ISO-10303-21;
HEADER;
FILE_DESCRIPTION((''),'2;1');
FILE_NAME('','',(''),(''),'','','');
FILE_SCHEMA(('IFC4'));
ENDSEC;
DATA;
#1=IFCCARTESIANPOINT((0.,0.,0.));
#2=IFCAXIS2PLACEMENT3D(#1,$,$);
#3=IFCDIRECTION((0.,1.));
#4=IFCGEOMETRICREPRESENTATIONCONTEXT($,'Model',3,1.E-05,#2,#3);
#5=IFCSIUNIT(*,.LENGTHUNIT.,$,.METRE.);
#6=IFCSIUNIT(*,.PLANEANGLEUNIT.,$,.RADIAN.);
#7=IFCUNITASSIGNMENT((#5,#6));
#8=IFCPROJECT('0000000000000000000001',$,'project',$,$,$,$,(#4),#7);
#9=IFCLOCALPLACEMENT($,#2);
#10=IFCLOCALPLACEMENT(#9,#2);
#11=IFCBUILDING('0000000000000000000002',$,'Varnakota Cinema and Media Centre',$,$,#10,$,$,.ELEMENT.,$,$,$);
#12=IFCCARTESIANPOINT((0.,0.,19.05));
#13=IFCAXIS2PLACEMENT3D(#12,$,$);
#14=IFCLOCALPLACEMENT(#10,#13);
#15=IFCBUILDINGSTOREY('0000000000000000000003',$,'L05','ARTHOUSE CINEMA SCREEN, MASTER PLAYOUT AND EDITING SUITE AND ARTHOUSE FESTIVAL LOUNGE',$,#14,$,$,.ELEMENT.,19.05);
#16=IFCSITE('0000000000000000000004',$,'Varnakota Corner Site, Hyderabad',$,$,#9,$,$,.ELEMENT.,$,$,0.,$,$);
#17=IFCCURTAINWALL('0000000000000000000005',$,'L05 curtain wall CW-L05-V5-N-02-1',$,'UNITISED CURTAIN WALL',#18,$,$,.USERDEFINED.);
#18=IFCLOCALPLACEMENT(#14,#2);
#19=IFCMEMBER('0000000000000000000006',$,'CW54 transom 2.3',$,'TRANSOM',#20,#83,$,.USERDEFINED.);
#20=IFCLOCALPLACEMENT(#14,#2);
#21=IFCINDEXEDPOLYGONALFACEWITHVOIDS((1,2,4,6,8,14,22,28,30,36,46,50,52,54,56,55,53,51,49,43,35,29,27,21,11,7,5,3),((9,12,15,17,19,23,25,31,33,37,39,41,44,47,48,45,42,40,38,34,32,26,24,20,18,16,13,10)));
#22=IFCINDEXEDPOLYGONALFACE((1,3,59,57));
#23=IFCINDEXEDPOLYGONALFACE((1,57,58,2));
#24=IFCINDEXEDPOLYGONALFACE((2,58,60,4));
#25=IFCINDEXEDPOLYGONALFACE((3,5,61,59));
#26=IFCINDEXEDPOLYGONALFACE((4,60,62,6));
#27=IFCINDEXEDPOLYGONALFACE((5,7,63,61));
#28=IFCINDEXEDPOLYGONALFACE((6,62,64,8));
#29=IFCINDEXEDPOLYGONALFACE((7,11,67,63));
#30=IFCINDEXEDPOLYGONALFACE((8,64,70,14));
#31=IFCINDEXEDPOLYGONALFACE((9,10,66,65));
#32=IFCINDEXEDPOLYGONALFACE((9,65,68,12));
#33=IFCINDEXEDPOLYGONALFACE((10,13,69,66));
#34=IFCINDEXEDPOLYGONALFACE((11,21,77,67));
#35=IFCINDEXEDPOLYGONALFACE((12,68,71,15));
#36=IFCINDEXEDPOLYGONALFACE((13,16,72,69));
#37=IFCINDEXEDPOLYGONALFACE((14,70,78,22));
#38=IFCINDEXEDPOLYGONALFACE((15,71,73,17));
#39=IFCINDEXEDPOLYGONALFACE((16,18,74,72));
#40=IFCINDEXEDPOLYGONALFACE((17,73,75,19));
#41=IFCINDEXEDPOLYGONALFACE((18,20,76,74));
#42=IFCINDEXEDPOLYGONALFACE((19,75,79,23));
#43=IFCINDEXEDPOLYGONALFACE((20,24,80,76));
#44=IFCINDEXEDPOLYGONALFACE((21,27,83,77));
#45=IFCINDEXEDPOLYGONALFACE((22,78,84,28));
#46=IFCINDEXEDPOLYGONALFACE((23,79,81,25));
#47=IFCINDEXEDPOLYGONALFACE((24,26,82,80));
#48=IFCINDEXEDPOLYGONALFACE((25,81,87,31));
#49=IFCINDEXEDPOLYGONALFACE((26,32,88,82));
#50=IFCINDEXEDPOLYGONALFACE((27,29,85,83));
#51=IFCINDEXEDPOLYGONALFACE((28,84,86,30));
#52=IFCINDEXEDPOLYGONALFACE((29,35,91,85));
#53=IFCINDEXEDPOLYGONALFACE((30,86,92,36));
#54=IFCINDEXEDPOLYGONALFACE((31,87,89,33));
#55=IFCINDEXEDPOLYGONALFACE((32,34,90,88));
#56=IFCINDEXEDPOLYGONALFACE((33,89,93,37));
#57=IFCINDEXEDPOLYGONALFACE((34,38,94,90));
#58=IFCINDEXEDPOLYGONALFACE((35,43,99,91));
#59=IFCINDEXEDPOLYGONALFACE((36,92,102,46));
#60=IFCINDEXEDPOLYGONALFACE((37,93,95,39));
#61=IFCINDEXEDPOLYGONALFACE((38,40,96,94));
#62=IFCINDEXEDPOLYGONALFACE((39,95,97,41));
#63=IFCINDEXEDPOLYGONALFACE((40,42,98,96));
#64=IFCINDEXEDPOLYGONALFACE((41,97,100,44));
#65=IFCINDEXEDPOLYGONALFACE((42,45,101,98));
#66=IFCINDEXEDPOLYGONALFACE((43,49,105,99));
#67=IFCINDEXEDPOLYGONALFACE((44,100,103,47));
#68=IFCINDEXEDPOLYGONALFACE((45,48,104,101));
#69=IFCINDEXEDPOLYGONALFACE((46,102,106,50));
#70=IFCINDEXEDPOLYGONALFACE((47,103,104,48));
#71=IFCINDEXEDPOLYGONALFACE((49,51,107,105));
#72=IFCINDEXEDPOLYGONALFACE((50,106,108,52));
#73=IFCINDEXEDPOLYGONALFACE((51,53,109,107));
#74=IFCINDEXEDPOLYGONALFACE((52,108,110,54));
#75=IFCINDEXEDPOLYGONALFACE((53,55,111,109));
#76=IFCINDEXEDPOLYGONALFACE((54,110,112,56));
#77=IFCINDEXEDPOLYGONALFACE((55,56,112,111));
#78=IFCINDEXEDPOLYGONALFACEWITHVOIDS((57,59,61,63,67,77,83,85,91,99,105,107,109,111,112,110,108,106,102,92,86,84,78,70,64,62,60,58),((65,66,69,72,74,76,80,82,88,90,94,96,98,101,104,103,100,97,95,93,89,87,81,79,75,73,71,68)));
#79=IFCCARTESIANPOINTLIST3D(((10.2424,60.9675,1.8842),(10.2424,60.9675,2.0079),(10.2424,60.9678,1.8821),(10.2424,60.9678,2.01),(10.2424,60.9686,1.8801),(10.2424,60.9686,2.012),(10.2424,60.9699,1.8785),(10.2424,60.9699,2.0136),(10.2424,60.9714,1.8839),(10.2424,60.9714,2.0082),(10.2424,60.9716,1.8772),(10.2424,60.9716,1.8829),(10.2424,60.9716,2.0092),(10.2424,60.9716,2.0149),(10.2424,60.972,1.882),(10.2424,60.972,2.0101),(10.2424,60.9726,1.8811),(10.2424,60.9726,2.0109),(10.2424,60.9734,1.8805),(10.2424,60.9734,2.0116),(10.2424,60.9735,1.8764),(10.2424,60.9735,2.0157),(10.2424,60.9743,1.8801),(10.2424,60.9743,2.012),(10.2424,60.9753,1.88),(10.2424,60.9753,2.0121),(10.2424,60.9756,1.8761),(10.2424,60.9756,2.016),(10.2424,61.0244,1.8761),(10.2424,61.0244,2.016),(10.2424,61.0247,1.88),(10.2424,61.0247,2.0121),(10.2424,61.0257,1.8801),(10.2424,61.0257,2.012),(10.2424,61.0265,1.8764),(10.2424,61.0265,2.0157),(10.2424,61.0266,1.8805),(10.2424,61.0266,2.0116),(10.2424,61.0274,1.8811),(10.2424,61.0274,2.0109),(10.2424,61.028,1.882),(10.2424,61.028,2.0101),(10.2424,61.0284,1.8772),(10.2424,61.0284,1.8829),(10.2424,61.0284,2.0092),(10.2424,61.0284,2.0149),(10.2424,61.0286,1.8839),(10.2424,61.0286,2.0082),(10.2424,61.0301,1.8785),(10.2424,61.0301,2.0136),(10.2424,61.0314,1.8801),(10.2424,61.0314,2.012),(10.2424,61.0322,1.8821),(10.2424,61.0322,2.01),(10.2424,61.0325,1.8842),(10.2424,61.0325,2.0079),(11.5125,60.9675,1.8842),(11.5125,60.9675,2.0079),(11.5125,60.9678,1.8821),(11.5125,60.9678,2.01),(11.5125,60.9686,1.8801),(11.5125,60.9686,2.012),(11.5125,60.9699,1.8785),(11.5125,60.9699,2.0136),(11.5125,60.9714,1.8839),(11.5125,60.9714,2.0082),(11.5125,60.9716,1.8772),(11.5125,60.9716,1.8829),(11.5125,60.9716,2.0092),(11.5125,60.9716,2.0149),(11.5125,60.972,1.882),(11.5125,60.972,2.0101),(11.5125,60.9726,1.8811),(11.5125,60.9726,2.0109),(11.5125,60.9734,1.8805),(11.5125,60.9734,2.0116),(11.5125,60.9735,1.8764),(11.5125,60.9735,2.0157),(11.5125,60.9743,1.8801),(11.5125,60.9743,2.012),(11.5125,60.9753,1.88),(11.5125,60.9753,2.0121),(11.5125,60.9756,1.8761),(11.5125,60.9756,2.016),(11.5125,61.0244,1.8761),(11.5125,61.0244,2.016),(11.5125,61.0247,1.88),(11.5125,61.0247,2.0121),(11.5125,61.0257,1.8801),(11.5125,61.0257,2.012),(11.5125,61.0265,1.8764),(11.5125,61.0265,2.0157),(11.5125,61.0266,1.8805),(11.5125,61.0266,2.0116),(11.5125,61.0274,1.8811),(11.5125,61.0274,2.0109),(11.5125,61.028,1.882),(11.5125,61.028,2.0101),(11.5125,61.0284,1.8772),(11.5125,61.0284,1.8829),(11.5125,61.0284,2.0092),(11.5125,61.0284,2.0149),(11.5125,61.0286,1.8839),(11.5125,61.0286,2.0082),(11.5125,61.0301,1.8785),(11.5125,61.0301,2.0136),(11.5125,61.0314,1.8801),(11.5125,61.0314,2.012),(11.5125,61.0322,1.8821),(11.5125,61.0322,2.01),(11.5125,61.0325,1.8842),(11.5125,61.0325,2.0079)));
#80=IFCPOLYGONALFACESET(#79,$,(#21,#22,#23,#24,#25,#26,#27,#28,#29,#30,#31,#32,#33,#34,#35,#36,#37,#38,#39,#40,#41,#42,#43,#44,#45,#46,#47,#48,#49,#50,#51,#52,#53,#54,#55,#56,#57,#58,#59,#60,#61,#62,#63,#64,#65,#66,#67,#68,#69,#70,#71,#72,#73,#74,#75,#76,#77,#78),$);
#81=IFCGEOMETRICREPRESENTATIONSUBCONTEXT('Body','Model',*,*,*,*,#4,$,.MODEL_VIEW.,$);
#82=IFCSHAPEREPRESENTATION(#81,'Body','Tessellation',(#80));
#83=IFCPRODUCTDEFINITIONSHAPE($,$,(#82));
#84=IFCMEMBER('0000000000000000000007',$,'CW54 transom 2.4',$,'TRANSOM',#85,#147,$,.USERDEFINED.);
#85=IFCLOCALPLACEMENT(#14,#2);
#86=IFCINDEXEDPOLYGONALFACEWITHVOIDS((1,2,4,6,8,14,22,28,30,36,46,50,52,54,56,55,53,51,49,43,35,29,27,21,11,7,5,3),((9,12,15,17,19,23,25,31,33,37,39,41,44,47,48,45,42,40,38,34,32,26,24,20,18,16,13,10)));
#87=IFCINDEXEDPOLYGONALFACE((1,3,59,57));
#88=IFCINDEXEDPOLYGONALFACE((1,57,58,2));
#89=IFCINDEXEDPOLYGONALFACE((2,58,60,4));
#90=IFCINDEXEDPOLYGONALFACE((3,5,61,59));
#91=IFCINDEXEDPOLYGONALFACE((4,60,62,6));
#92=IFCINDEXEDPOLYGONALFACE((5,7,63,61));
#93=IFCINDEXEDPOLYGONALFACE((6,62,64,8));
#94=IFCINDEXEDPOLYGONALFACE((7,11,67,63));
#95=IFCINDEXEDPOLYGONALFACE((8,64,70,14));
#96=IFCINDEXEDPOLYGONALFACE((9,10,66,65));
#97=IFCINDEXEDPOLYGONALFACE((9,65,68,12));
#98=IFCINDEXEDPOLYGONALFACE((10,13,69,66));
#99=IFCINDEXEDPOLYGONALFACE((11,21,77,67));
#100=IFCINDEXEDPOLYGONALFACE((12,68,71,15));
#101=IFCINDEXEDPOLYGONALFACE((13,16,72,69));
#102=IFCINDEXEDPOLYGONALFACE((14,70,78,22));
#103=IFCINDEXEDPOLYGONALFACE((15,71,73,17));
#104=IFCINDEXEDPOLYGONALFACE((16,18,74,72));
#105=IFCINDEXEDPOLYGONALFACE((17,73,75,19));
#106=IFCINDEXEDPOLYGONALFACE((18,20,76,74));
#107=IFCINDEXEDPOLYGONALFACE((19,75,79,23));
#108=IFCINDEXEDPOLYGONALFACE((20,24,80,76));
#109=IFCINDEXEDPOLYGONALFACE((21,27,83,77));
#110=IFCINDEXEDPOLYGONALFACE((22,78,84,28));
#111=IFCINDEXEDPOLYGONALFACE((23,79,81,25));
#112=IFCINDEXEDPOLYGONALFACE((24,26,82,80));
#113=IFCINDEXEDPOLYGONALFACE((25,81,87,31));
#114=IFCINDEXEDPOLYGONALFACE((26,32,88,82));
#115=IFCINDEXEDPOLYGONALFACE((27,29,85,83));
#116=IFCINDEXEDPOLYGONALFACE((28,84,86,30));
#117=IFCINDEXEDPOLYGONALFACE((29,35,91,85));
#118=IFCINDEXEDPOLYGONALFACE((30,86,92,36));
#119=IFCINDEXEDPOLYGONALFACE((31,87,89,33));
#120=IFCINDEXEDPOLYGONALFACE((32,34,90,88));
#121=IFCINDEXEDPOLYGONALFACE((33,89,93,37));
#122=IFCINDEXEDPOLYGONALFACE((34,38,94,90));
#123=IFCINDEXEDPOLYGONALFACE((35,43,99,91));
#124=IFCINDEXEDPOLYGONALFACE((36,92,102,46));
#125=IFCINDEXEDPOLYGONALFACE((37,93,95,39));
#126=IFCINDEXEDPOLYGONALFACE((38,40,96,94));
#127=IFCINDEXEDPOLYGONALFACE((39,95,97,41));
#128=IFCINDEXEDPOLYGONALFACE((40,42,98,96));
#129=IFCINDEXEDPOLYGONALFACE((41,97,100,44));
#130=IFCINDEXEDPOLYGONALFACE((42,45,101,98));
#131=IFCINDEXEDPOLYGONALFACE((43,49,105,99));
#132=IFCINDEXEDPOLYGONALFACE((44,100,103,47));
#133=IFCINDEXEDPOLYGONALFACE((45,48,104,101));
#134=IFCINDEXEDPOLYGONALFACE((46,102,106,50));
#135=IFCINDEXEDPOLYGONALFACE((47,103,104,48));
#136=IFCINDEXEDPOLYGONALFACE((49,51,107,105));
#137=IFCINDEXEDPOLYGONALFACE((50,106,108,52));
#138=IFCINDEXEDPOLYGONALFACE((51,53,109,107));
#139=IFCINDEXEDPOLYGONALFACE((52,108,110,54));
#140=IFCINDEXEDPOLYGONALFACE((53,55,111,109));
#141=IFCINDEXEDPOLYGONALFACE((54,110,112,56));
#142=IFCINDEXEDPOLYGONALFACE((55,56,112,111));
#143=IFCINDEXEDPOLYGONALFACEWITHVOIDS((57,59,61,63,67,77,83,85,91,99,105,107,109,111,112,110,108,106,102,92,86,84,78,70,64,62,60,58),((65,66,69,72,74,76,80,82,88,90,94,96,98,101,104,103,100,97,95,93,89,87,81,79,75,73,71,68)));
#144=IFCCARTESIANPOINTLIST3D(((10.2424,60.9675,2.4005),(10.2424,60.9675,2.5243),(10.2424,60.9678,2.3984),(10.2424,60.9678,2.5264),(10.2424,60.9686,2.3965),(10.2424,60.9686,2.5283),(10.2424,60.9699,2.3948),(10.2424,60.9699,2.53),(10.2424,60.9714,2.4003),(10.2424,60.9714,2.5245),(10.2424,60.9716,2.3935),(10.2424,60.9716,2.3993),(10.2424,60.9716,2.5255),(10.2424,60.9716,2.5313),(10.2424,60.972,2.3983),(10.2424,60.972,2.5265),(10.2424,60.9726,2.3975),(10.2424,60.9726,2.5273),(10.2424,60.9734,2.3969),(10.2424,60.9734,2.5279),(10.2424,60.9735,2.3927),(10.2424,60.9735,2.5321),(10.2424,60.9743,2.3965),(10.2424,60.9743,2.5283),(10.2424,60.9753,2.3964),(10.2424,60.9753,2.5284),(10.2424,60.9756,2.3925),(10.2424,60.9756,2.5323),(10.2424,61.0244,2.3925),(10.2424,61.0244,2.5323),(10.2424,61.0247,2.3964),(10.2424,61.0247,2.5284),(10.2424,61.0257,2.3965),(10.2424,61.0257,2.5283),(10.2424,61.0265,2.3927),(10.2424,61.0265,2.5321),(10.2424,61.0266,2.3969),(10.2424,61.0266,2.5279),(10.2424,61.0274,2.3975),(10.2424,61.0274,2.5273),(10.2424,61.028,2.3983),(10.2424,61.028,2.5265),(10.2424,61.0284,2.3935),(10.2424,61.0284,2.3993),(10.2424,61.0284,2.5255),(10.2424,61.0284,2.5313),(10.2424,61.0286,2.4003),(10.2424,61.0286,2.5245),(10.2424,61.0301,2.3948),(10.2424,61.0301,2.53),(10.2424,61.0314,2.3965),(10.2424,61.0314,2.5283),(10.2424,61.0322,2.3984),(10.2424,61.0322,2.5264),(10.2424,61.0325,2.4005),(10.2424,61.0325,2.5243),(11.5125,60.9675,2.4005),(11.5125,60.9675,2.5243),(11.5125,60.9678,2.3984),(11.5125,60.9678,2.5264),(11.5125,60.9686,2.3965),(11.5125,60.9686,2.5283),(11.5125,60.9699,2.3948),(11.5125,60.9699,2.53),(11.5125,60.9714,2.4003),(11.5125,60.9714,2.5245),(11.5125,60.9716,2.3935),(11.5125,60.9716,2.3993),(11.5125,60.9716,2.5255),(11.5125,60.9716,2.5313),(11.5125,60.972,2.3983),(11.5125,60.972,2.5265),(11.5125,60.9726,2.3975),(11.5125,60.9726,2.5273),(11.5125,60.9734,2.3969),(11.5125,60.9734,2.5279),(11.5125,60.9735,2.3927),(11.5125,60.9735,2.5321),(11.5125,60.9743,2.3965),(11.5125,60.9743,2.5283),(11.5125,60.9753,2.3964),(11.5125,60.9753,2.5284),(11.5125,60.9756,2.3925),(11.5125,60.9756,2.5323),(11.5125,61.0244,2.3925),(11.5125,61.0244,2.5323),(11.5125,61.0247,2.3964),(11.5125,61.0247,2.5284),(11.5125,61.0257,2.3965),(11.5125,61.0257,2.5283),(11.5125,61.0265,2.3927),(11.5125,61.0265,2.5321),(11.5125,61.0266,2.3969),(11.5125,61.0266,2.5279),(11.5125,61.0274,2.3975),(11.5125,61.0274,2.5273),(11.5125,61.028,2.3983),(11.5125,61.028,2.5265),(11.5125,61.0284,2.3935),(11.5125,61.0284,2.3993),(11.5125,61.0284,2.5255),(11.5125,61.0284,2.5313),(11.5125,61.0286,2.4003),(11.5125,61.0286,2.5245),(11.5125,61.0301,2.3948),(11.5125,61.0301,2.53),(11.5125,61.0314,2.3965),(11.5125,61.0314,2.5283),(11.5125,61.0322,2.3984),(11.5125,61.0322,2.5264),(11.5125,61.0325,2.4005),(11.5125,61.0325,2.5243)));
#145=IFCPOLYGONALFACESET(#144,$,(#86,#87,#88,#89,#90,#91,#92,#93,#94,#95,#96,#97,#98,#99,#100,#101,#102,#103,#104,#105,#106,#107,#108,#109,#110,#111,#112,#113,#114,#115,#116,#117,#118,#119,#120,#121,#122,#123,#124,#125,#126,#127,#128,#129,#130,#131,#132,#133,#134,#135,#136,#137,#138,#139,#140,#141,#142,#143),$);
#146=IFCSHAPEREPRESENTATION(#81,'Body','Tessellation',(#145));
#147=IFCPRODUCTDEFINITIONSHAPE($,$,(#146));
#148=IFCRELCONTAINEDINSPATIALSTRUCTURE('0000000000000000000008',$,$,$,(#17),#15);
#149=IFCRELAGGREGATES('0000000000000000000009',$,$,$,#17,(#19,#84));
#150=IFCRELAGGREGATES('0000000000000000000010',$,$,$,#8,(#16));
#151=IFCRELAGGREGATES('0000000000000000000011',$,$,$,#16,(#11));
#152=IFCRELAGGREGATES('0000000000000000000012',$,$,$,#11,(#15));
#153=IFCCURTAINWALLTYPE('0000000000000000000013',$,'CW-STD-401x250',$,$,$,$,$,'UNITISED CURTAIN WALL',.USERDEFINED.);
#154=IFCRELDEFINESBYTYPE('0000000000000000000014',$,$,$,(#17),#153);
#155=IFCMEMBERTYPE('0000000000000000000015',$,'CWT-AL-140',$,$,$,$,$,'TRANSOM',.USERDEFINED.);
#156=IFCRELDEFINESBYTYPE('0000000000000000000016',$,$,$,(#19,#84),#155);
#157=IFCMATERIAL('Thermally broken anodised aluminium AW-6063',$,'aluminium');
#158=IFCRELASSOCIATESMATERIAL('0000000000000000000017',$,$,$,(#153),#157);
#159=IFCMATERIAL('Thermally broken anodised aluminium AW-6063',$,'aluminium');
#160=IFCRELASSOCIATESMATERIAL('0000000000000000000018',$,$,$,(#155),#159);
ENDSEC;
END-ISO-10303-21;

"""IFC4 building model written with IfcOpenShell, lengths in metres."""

from ifc_helpers import new_model, si_unit, direction, frame, origin, origin_2d, place, context, subcontext, project, spatial, hollow_rectangle, extrude, material, material_profile, profile_set, type_object, element, aggregate, save


model = new_model("IFC4")

# Units and contexts
model_context = context("Model", 3, precision=1e-05, world=origin(), true_north=direction((0.0, 1.0)))
body_context = subcontext(model_context, "Body", "Model", "MODEL_VIEW")
ifc_project = project(units=[si_unit("LENGTHUNIT", "METRE"), si_unit("PLANEANGLEUNIT", "RADIAN")], contexts=[model_context])

# Site, building, storey
site_placement = place(None, origin())
site = spatial("IfcSite", under=ifc_project, at=site_placement, Name="Varnakota Corner Site, Hyderabad", CompositionType="ELEMENT", RefElevation=0.0)
building_placement = place(site_placement, origin())
building = spatial("IfcBuilding", under=site, at=building_placement, Name="Varnakota Cinema and Media Centre", CompositionType="ELEMENT")
storey_placement = place(building_placement, frame((0.0, 0.0, 19.05)))
storey = spatial("IfcBuildingStorey", under=building, at=storey_placement, Name="L05", Description="ARTHOUSE CINEMA SCREEN, MASTER PLAYOUT AND EDITING SUITE AND ARTHOUSE FESTIVAL LOUNGE", CompositionType="ELEMENT", Elevation=19.05)

# Curtain wall
ifc_material_1 = material(Name="Thermally broken anodised aluminium AW-6063", Category="aluminium")
curtain_wall_type = type_object("IfcCurtainWallType", Name="CW-STD-401x250", ElementType="UNITISED CURTAIN WALL", PredefinedType="USERDEFINED", material=ifc_material_1)
curtain_wall_1_placement = place(storey_placement, origin())
curtain_wall_1 = element("IfcCurtainWall", 1, at=curtain_wall_1_placement, inside=storey, type_object=curtain_wall_type, Name="L05 curtain wall CW-L05-V5-N-02-1", ObjectType="UNITISED CURTAIN WALL", PredefinedType="USERDEFINED")

# Members
ifc_material_2 = material(Name="Thermally broken anodised aluminium AW-6063", Category="aluminium")
ifc_material_profile_1 = material_profile(ifc_material_2, hollow_rectangle(XDim=0.0649, YDim=0.1399, WallThickness=0.0039, InnerFilletRadius=0.0039, OuterFilletRadius=0.0081, at=origin_2d()), Name="AL-TRANSOM 140x65x4")
ifc_profile_set_1 = profile_set([ifc_material_profile_1], Name="Thermally broken anodised aluminium AW-6063")
member_type_1 = type_object("IfcMemberType", Name="CWT-AL-140", ElementType="TRANSOM", PredefinedType="USERDEFINED", material=ifc_profile_set_1)
member_1_placement = place(storey_placement, frame((10.2424, 61.0, 1.946), z_axis=(1.0, 0.0, 0.0), x_axis=(0.0, 1.0, 0.0)))
member_1 = element("IfcMember", 2, at=member_1_placement, type_object=member_type_1, Name="CW54 transom 2.3", ObjectType="TRANSOM", PredefinedType="USERDEFINED", context=body_context, shape_type="SweptSolid", body=[
    extrude(hollow_rectangle(XDim=0.0649, YDim=0.1399, WallThickness=0.0039, InnerFilletRadius=0.0039, OuterFilletRadius=0.0081, at=origin_2d()), origin(), (0.0, 0.0, 1.0), 1.27),
])
member_2_placement = place(storey_placement, frame((10.2424, 61.0, 2.4624), z_axis=(1.0, 0.0, 0.0), x_axis=(0.0, 1.0, 0.0)))
member_2 = element("IfcMember", 3, at=member_2_placement, type_object=member_type_1, Name="CW54 transom 2.4", ObjectType="TRANSOM", PredefinedType="USERDEFINED", context=body_context, shape_type="SweptSolid", body=[
    extrude(hollow_rectangle(XDim=0.0649, YDim=0.1399, WallThickness=0.0039, InnerFilletRadius=0.0039, OuterFilletRadius=0.0081, at=origin_2d()), origin(), (0.0, 0.0, 1.0), 1.27),
])

aggregate(curtain_wall_1, [member_1, member_2])

save(model, "model.ifc")
